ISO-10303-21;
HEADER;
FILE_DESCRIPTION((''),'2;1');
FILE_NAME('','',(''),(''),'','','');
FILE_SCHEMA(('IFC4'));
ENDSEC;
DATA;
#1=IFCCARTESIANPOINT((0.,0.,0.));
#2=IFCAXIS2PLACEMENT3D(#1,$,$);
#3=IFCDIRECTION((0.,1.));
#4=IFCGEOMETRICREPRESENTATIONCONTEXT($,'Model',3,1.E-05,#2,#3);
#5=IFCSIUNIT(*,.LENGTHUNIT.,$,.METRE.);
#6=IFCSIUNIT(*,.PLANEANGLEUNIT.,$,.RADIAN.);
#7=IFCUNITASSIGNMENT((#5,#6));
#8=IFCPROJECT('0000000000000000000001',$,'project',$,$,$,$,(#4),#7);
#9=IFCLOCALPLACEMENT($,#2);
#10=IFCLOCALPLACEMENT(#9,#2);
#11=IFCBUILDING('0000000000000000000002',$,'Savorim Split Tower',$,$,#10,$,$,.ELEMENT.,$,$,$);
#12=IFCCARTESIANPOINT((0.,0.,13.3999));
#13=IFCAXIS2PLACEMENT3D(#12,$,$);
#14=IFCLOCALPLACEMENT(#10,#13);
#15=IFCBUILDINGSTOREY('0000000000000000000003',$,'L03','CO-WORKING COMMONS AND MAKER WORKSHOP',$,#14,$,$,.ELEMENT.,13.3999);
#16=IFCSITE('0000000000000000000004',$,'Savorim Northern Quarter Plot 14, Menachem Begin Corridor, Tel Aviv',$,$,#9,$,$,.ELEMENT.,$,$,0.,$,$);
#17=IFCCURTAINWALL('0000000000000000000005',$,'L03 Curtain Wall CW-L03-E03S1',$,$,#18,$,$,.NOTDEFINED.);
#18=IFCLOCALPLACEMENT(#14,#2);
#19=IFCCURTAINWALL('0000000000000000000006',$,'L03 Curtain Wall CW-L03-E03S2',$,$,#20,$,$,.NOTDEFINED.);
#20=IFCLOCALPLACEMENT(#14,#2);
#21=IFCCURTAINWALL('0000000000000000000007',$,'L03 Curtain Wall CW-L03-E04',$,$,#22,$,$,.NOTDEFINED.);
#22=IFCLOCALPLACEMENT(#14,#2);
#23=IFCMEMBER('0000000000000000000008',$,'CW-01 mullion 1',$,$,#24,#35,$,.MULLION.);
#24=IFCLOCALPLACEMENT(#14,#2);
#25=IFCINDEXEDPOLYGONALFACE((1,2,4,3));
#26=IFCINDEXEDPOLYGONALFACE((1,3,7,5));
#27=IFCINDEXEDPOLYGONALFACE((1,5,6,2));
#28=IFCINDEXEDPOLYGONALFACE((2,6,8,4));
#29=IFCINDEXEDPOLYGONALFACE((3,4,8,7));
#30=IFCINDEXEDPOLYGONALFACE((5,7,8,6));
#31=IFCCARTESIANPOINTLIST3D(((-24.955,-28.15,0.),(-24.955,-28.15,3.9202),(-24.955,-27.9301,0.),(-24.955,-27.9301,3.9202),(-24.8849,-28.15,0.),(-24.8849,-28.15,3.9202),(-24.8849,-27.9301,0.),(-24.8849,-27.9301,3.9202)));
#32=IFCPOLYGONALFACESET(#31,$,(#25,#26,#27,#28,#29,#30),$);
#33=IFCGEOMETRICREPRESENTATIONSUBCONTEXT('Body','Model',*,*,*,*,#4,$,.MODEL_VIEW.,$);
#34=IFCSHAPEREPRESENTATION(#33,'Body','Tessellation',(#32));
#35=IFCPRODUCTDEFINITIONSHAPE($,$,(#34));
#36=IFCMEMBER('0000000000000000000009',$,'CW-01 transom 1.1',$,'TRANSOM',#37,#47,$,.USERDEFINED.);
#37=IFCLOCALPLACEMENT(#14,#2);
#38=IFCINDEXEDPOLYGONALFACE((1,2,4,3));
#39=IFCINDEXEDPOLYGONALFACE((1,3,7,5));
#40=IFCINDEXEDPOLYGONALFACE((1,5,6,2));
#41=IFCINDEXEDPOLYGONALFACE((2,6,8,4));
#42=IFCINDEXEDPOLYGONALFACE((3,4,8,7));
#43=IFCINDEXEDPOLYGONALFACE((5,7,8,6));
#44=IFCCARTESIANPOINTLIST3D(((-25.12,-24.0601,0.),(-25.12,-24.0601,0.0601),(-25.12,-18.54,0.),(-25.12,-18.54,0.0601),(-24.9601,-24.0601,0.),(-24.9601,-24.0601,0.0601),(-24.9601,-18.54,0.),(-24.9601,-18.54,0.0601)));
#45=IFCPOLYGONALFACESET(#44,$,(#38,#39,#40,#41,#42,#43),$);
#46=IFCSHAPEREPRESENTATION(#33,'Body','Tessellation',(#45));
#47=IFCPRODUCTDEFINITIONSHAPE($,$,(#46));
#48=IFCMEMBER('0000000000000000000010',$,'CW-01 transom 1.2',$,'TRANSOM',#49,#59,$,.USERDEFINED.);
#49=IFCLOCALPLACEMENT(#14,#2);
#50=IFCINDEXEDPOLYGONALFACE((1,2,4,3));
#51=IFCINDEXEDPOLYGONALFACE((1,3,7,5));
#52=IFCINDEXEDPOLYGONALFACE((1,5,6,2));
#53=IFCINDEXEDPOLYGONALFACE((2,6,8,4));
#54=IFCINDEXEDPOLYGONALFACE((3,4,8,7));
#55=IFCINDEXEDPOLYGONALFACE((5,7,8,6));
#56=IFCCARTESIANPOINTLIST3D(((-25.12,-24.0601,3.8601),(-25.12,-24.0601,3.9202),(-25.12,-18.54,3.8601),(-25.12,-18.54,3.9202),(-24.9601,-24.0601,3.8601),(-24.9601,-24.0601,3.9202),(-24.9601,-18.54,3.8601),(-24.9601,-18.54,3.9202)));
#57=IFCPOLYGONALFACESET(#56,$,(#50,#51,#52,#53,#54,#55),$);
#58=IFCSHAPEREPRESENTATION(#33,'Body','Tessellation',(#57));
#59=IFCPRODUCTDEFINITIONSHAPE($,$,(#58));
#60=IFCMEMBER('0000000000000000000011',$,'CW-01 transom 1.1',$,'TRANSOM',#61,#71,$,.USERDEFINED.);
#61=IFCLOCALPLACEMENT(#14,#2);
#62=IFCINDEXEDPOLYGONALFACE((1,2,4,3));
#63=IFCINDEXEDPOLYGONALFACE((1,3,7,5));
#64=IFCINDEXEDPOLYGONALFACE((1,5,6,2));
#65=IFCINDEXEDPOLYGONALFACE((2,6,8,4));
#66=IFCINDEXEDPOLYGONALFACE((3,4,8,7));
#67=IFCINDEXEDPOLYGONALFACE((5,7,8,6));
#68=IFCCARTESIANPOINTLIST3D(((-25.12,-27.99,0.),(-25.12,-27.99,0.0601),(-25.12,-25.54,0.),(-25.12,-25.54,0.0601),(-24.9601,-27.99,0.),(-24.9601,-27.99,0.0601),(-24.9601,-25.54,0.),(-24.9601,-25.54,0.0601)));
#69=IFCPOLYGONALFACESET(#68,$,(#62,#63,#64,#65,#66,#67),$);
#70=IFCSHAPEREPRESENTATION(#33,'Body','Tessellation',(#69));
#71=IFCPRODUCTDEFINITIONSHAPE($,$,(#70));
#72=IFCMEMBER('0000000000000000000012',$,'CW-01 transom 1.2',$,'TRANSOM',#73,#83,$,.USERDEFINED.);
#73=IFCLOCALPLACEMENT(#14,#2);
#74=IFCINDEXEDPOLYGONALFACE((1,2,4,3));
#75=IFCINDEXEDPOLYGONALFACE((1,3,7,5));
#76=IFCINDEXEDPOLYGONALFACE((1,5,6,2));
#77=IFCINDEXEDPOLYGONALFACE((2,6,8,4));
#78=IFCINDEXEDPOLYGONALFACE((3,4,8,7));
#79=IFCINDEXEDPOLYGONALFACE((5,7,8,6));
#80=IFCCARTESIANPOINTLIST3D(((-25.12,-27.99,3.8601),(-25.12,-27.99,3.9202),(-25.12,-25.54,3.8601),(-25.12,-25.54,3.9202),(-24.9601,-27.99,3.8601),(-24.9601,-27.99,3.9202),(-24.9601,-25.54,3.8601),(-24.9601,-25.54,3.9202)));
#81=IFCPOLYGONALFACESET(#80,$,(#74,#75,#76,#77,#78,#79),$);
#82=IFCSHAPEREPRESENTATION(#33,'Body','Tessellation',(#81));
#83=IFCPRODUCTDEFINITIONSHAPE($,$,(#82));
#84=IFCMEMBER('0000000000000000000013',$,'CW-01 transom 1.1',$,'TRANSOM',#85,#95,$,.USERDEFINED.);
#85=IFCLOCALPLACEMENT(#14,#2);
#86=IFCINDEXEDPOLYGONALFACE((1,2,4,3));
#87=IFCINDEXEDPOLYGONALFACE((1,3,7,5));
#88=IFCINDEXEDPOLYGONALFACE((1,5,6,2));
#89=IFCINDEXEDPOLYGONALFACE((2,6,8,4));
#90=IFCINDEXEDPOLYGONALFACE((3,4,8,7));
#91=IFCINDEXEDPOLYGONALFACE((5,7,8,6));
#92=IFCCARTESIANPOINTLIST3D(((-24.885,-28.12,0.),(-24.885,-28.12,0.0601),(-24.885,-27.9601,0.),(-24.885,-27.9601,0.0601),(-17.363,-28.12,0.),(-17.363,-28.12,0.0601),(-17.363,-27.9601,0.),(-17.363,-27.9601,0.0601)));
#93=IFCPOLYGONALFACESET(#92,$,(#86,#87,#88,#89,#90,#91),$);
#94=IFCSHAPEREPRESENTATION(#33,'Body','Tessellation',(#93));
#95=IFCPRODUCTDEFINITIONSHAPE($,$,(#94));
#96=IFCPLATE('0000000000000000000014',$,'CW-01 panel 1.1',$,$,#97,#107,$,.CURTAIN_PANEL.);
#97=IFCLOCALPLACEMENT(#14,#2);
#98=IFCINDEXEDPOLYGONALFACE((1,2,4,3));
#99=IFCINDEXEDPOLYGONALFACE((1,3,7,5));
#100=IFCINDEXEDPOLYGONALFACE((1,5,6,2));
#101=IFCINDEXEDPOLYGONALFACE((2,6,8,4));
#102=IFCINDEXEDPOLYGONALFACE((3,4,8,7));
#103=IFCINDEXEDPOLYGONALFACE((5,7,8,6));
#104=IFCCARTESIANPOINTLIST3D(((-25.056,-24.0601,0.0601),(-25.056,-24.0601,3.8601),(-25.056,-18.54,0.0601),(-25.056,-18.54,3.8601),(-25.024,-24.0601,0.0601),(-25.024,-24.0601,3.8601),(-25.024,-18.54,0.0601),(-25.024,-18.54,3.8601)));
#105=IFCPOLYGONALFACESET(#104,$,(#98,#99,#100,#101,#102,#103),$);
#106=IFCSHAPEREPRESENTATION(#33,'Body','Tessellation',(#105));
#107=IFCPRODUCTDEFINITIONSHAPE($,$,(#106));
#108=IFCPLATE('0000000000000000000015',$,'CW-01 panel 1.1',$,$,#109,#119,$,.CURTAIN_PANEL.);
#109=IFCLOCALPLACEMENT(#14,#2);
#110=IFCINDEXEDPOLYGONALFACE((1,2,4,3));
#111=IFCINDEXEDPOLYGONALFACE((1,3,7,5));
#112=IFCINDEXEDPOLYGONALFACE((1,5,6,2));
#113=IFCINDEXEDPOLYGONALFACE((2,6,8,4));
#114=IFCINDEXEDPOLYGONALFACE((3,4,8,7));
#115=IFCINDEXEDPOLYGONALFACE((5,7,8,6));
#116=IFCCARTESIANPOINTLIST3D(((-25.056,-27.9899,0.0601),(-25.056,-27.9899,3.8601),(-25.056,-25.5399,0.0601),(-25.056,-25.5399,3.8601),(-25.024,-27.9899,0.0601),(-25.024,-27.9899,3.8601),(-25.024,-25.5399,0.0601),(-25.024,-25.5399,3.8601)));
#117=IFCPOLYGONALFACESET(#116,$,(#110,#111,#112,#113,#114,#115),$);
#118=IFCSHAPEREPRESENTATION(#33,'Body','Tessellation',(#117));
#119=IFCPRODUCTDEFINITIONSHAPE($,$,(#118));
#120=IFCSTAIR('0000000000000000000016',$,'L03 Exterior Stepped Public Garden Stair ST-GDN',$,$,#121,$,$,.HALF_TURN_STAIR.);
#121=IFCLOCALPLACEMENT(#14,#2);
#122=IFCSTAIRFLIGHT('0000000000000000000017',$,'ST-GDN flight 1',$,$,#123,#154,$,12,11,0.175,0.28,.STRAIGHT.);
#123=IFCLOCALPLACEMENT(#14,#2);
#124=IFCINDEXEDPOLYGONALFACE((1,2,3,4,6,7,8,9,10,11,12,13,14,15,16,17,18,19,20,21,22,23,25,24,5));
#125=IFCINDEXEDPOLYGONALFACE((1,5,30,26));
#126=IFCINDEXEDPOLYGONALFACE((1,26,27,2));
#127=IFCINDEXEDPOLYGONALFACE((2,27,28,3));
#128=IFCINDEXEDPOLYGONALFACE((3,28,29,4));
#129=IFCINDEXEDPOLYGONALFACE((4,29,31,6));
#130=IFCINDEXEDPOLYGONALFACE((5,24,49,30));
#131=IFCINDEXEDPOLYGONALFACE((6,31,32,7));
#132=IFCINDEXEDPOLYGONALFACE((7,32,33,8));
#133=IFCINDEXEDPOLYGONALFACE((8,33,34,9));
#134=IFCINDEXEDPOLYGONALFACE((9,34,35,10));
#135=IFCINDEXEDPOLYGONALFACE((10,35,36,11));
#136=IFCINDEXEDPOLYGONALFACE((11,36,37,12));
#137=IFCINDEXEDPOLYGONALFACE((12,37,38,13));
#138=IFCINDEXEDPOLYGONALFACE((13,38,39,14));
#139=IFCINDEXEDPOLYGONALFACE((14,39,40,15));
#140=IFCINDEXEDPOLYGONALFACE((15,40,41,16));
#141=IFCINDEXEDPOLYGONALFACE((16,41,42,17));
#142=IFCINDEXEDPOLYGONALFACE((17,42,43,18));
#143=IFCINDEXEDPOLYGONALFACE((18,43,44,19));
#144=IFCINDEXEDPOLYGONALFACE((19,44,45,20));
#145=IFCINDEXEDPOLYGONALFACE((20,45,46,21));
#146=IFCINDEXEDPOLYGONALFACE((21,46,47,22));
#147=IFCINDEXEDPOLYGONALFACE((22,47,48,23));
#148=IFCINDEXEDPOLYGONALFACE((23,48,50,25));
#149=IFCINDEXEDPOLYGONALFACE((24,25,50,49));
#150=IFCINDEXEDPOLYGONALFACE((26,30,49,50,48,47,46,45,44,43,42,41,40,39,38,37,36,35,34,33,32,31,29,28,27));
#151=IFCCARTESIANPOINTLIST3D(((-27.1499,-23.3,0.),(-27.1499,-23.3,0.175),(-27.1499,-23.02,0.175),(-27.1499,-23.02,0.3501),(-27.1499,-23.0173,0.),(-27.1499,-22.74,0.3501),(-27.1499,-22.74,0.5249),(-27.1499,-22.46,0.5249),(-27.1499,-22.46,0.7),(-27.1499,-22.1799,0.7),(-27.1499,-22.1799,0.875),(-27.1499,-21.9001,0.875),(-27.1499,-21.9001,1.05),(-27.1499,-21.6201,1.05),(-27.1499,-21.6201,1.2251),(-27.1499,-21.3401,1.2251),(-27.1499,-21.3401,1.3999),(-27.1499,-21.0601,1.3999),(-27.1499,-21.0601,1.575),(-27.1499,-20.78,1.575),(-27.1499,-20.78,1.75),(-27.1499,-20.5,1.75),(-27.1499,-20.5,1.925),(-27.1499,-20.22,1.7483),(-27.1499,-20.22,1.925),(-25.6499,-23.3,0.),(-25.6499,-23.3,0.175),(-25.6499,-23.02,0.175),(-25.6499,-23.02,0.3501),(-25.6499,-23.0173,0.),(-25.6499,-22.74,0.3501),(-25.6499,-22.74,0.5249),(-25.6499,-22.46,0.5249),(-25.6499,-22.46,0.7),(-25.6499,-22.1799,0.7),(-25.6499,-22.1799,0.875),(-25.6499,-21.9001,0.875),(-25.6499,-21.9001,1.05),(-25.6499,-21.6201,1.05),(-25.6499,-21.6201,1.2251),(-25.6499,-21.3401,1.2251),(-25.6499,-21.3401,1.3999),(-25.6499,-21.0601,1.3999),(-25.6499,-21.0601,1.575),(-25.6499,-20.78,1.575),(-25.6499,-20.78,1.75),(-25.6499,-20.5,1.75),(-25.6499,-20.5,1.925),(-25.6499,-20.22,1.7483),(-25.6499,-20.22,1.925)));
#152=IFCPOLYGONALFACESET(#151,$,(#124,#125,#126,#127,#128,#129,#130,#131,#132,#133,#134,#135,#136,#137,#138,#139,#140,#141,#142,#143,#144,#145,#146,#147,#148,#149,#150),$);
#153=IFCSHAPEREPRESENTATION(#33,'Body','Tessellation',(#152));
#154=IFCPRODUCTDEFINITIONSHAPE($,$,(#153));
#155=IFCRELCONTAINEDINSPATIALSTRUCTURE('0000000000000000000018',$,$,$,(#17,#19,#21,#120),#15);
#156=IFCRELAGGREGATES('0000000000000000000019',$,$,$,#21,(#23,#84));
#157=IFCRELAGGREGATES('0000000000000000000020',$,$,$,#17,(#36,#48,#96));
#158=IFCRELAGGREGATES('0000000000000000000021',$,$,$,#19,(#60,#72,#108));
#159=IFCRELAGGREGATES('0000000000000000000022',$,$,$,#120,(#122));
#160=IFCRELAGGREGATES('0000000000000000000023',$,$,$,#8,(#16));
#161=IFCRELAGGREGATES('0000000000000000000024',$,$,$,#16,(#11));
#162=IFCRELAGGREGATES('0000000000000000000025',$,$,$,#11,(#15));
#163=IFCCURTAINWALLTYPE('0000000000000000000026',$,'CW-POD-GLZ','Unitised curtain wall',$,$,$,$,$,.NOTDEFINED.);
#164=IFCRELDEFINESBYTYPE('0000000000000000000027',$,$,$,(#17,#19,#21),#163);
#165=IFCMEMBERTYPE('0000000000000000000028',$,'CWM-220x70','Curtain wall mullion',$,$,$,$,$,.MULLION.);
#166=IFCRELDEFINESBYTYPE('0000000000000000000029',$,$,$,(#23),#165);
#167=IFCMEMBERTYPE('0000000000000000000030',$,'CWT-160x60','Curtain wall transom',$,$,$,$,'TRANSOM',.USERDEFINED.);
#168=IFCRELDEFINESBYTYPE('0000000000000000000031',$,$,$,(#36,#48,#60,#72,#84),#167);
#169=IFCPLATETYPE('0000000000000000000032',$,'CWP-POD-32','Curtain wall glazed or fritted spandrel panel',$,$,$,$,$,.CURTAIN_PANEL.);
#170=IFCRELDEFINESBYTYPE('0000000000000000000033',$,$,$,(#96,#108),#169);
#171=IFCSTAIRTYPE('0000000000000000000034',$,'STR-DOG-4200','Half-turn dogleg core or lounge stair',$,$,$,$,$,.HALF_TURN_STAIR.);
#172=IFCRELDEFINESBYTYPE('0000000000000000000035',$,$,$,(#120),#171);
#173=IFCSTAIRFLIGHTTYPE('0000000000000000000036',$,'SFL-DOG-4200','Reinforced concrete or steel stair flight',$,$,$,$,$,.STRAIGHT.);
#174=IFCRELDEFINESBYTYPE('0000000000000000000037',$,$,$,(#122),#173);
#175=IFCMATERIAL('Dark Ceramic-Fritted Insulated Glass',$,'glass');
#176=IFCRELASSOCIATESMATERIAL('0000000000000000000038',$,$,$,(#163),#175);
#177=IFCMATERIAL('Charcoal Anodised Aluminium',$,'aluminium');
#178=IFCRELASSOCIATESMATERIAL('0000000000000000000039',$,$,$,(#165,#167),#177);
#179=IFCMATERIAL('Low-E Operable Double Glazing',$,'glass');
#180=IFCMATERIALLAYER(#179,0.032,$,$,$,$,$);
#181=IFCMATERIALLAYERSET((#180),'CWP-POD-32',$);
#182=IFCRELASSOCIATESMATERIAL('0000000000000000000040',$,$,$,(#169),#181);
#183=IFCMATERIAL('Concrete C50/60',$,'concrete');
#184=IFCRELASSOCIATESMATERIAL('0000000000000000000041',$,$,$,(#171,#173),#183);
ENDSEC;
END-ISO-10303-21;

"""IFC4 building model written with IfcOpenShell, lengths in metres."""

from ifc_helpers import new_model, si_unit, direction, frame, origin, origin_2d, place, context, subcontext, project, spatial, polyline, rectangle, outline, extrude, material, layer, layer_set, material_profile, profile_set, type_object, element, aggregate, save


model = new_model("IFC4")

# Units and contexts
model_context = context("Model", 3, precision=1e-05, world=origin(), true_north=direction((0.0, 1.0)))
body_context = subcontext(model_context, "Body", "Model", "MODEL_VIEW")
ifc_project = project(units=[si_unit("LENGTHUNIT", "METRE"), si_unit("PLANEANGLEUNIT", "RADIAN")], contexts=[model_context])

# Site, building, storey
site_placement = place(None, origin())
site = spatial("IfcSite", under=ifc_project, at=site_placement, Name="Savorim Northern Quarter Plot 14, Menachem Begin Corridor, Tel Aviv", CompositionType="ELEMENT", RefElevation=0.0)
building_placement = place(site_placement, origin())
building = spatial("IfcBuilding", under=site, at=building_placement, Name="Savorim Split Tower", CompositionType="ELEMENT")
storey_placement = place(building_placement, frame((0.0, 0.0, 13.3999)))
storey = spatial("IfcBuildingStorey", under=building, at=storey_placement, Name="L03", Description="CO-WORKING COMMONS AND MAKER WORKSHOP", CompositionType="ELEMENT", Elevation=13.3999)

# Shared definitions
ifc_material_1 = material(Name="Dark Ceramic-Fritted Insulated Glass", Category="glass")
curtain_wall_type = type_object("IfcCurtainWallType", Name="CW-POD-GLZ", Description="Unitised curtain wall", PredefinedType="NOTDEFINED", material=ifc_material_1)
ifc_material_2 = material(Name="Charcoal Anodised Aluminium", Category="aluminium")
ifc_material_profile_1 = material_profile(ifc_material_2, rectangle(XDim=0.22, YDim=0.0701, at=origin_2d()), Name="ALU-M 220x70")
ifc_profile_set_1 = profile_set([ifc_material_profile_1], Name="Charcoal Anodised Aluminium")
member_type_1 = type_object("IfcMemberType", Name="CWM-220x70", Description="Curtain wall mullion", PredefinedType="MULLION", material=ifc_profile_set_1)

# Curtain walls
curtain_wall_1_placement = place(storey_placement, origin())
curtain_wall_1 = element("IfcCurtainWall", 1, at=curtain_wall_1_placement, inside=storey, type_object=curtain_wall_type, Name="L03 Curtain Wall CW-L03-E03S1", PredefinedType="NOTDEFINED")
curtain_wall_2_placement = place(storey_placement, origin())
curtain_wall_2 = element("IfcCurtainWall", 2, at=curtain_wall_2_placement, inside=storey, type_object=curtain_wall_type, Name="L03 Curtain Wall CW-L03-E03S2", PredefinedType="NOTDEFINED")

# Curtain wall, member
curtain_wall_3_placement = place(storey_placement, origin())
curtain_wall_3 = element("IfcCurtainWall", 3, at=curtain_wall_3_placement, inside=storey, type_object=curtain_wall_type, Name="L03 Curtain Wall CW-L03-E04", PredefinedType="NOTDEFINED")
member_1_placement = place(storey_placement, frame((-24.9199, -28.04, 0.0), z_axis=(0.0, 0.0, 1.0), x_axis=(0.0, 1.0, 0.0)))
member_1 = element("IfcMember", 4, at=member_1_placement, type_object=member_type_1, Name="CW-01 mullion 1", PredefinedType="MULLION", context=body_context, shape_type="SweptSolid", body=[
    extrude(rectangle(XDim=0.22, YDim=0.0701, at=origin_2d()), origin(), (0.0, 0.0, 1.0), 3.9202),
])

# Members
ifc_material_profile_2 = material_profile(ifc_material_2, rectangle(XDim=0.1599, YDim=0.0601, at=origin_2d()), Name="ALU-T 160x60")
ifc_profile_set_2 = profile_set([ifc_material_profile_2], Name="Charcoal Anodised Aluminium")
member_type_2 = type_object("IfcMemberType", Name="CWT-160x60", Description="Curtain wall transom", ElementType="TRANSOM", PredefinedType="USERDEFINED", material=ifc_profile_set_2)
member_2_placement = place(storey_placement, frame((-25.04, -18.54, 0.03), z_axis=(0.0, -1.0, 0.0), x_axis=(1.0, 0.0, 0.0)))
member_2 = element("IfcMember", 5, at=member_2_placement, type_object=member_type_2, Name="CW-01 transom 1.1", ObjectType="TRANSOM", PredefinedType="USERDEFINED", context=body_context, shape_type="SweptSolid", body=[
    extrude(rectangle(XDim=0.1599, YDim=0.0601, at=origin_2d()), origin(), (0.0, 0.0, 1.0), 5.52),
])
member_3_placement = place(storey_placement, frame((-25.04, -18.54, 3.8901), z_axis=(0.0, -1.0, 0.0), x_axis=(1.0, 0.0, 0.0)))
member_3 = element("IfcMember", 6, at=member_3_placement, type_object=member_type_2, Name="CW-01 transom 1.2", ObjectType="TRANSOM", PredefinedType="USERDEFINED", context=body_context, shape_type="SweptSolid", body=[
    extrude(rectangle(XDim=0.1599, YDim=0.0601, at=origin_2d()), origin(), (0.0, 0.0, 1.0), 5.52),
])
member_4_placement = place(storey_placement, frame((-25.04, -25.54, 0.03), z_axis=(0.0, -1.0, 0.0), x_axis=(1.0, 0.0, 0.0)))
member_4 = element("IfcMember", 7, at=member_4_placement, type_object=member_type_2, Name="CW-01 transom 1.1", ObjectType="TRANSOM", PredefinedType="USERDEFINED", context=body_context, shape_type="SweptSolid", body=[
    extrude(rectangle(XDim=0.1599, YDim=0.0601, at=origin_2d()), origin(), (0.0, 0.0, 1.0), 2.45),
])
member_5_placement = place(storey_placement, frame((-25.04, -25.54, 3.8901), z_axis=(0.0, -1.0, 0.0), x_axis=(1.0, 0.0, 0.0)))
member_5 = element("IfcMember", 8, at=member_5_placement, type_object=member_type_2, Name="CW-01 transom 1.2", ObjectType="TRANSOM", PredefinedType="USERDEFINED", context=body_context, shape_type="SweptSolid", body=[
    extrude(rectangle(XDim=0.1599, YDim=0.0601, at=origin_2d()), origin(), (0.0, 0.0, 1.0), 2.45),
])
member_6_placement = place(storey_placement, frame((-24.885, -28.04, 0.03), z_axis=(1.0, 0.0, 0.0), x_axis=(0.0, 1.0, 0.0)))
member_6 = element("IfcMember", 9, at=member_6_placement, type_object=member_type_2, Name="CW-01 transom 1.1", ObjectType="TRANSOM", PredefinedType="USERDEFINED", context=body_context, shape_type="SweptSolid", body=[
    extrude(rectangle(XDim=0.1599, YDim=0.0601, at=origin_2d()), origin(), (0.0, 0.0, 1.0), 7.522),
])
aggregate(curtain_wall_3, [member_1, member_6])

# Plates
ifc_material_3 = material(Name="Low-E Operable Double Glazing", Category="glass")
ifc_layer = layer(ifc_material_3, 0.032)
ifc_layer_set = layer_set([ifc_layer], Name="CWP-POD-32")
plate_type = type_object("IfcPlateType", Name="CWP-POD-32", Description="Curtain wall glazed or fritted spandrel panel", PredefinedType="CURTAIN_PANEL", material=ifc_layer_set)
plate_1_placement = place(storey_placement, frame((-25.04, -21.3, 0.0601), z_axis=(0.0, 0.0, 1.0), x_axis=(0.0, -1.0, 0.0)))
plate_1 = element("IfcPlate", 10, at=plate_1_placement, type_object=plate_type, Name="CW-01 panel 1.1", PredefinedType="CURTAIN_PANEL", context=body_context, shape_type="SweptSolid", body=[
    extrude(rectangle(XDim=5.52, YDim=0.032, at=origin_2d()), origin(), (0.0, 0.0, 1.0), 3.8),
])
aggregate(curtain_wall_1, [member_2, member_3, plate_1])
plate_2_placement = place(storey_placement, frame((-25.04, -26.7649, 0.0601), z_axis=(0.0, 0.0, 1.0), x_axis=(0.0, -1.0, 0.0)))
plate_2 = element("IfcPlate", 11, at=plate_2_placement, type_object=plate_type, Name="CW-01 panel 1.1", PredefinedType="CURTAIN_PANEL", context=body_context, shape_type="SweptSolid", body=[
    extrude(rectangle(XDim=2.45, YDim=0.032, at=origin_2d()), origin(), (0.0, 0.0, 1.0), 3.8),
])
aggregate(curtain_wall_2, [member_4, member_5, plate_2])

# Stair, stair flight
ifc_material_4 = material(Name="Concrete C50/60", Category="concrete")
stair_type = type_object("IfcStairType", Name="STR-DOG-4200", Description="Half-turn dogleg core or lounge stair", PredefinedType="HALF_TURN_STAIR", material=ifc_material_4)
stair_placement = place(storey_placement, origin())
stair = element("IfcStair", 12, at=stair_placement, inside=storey, type_object=stair_type, Name="L03 Exterior Stepped Public Garden Stair ST-GDN", PredefinedType="HALF_TURN_STAIR")
stair_flight_type = type_object("IfcStairFlightType", Name="SFL-DOG-4200", Description="Reinforced concrete or steel stair flight", PredefinedType="STRAIGHT", material=ifc_material_4)
stair_flight_placement = place(storey_placement, frame((-26.3999, -23.3, 0.0), z_axis=(0.0, 0.0, 1.0), x_axis=(0.0, 1.0, 0.0)))
stair_flight = element("IfcStairFlight", 13, at=stair_flight_placement, type_object=stair_flight_type, Name="ST-GDN flight 1", NumberOfRisers=12, NumberOfTreads=11, PredefinedType="STRAIGHT", RiserHeight=0.175, TreadLength=0.28, context=body_context, shape_type="SweptSolid", body=[
    extrude(outline(polyline([(0.0, 0.0), (0.0, 0.175), (0.28, 0.175), (0.28, 0.3501), (0.5601, 0.3501), (0.5601, 0.5249), (0.8401, 0.5249), (0.8401, 0.7), (1.1201, 0.7), (1.1201, 0.875), (1.3999, 0.875), (1.3999, 1.05), (1.6799, 1.05), (1.6799, 1.2251), (1.96, 1.2251), (1.96, 1.3999), (2.24, 1.3999), (2.24, 1.575), (2.52, 1.575), (2.52, 1.75), (2.8, 1.75), (2.8, 1.925), (3.0801, 1.925), (3.0801, 2.1001), (3.0801, 1.7483), (0.2827, 0.0), (0.0, 0.0)])), frame((0.0, 0.75, 0.0), z_axis=(0.0, -1.0, 0.0), x_axis=(1.0, 0.0, 0.0)), (0.0, 0.0, 1.0), 1.5),
])
aggregate(stair, [stair_flight])

save(model, "model.ifc")
